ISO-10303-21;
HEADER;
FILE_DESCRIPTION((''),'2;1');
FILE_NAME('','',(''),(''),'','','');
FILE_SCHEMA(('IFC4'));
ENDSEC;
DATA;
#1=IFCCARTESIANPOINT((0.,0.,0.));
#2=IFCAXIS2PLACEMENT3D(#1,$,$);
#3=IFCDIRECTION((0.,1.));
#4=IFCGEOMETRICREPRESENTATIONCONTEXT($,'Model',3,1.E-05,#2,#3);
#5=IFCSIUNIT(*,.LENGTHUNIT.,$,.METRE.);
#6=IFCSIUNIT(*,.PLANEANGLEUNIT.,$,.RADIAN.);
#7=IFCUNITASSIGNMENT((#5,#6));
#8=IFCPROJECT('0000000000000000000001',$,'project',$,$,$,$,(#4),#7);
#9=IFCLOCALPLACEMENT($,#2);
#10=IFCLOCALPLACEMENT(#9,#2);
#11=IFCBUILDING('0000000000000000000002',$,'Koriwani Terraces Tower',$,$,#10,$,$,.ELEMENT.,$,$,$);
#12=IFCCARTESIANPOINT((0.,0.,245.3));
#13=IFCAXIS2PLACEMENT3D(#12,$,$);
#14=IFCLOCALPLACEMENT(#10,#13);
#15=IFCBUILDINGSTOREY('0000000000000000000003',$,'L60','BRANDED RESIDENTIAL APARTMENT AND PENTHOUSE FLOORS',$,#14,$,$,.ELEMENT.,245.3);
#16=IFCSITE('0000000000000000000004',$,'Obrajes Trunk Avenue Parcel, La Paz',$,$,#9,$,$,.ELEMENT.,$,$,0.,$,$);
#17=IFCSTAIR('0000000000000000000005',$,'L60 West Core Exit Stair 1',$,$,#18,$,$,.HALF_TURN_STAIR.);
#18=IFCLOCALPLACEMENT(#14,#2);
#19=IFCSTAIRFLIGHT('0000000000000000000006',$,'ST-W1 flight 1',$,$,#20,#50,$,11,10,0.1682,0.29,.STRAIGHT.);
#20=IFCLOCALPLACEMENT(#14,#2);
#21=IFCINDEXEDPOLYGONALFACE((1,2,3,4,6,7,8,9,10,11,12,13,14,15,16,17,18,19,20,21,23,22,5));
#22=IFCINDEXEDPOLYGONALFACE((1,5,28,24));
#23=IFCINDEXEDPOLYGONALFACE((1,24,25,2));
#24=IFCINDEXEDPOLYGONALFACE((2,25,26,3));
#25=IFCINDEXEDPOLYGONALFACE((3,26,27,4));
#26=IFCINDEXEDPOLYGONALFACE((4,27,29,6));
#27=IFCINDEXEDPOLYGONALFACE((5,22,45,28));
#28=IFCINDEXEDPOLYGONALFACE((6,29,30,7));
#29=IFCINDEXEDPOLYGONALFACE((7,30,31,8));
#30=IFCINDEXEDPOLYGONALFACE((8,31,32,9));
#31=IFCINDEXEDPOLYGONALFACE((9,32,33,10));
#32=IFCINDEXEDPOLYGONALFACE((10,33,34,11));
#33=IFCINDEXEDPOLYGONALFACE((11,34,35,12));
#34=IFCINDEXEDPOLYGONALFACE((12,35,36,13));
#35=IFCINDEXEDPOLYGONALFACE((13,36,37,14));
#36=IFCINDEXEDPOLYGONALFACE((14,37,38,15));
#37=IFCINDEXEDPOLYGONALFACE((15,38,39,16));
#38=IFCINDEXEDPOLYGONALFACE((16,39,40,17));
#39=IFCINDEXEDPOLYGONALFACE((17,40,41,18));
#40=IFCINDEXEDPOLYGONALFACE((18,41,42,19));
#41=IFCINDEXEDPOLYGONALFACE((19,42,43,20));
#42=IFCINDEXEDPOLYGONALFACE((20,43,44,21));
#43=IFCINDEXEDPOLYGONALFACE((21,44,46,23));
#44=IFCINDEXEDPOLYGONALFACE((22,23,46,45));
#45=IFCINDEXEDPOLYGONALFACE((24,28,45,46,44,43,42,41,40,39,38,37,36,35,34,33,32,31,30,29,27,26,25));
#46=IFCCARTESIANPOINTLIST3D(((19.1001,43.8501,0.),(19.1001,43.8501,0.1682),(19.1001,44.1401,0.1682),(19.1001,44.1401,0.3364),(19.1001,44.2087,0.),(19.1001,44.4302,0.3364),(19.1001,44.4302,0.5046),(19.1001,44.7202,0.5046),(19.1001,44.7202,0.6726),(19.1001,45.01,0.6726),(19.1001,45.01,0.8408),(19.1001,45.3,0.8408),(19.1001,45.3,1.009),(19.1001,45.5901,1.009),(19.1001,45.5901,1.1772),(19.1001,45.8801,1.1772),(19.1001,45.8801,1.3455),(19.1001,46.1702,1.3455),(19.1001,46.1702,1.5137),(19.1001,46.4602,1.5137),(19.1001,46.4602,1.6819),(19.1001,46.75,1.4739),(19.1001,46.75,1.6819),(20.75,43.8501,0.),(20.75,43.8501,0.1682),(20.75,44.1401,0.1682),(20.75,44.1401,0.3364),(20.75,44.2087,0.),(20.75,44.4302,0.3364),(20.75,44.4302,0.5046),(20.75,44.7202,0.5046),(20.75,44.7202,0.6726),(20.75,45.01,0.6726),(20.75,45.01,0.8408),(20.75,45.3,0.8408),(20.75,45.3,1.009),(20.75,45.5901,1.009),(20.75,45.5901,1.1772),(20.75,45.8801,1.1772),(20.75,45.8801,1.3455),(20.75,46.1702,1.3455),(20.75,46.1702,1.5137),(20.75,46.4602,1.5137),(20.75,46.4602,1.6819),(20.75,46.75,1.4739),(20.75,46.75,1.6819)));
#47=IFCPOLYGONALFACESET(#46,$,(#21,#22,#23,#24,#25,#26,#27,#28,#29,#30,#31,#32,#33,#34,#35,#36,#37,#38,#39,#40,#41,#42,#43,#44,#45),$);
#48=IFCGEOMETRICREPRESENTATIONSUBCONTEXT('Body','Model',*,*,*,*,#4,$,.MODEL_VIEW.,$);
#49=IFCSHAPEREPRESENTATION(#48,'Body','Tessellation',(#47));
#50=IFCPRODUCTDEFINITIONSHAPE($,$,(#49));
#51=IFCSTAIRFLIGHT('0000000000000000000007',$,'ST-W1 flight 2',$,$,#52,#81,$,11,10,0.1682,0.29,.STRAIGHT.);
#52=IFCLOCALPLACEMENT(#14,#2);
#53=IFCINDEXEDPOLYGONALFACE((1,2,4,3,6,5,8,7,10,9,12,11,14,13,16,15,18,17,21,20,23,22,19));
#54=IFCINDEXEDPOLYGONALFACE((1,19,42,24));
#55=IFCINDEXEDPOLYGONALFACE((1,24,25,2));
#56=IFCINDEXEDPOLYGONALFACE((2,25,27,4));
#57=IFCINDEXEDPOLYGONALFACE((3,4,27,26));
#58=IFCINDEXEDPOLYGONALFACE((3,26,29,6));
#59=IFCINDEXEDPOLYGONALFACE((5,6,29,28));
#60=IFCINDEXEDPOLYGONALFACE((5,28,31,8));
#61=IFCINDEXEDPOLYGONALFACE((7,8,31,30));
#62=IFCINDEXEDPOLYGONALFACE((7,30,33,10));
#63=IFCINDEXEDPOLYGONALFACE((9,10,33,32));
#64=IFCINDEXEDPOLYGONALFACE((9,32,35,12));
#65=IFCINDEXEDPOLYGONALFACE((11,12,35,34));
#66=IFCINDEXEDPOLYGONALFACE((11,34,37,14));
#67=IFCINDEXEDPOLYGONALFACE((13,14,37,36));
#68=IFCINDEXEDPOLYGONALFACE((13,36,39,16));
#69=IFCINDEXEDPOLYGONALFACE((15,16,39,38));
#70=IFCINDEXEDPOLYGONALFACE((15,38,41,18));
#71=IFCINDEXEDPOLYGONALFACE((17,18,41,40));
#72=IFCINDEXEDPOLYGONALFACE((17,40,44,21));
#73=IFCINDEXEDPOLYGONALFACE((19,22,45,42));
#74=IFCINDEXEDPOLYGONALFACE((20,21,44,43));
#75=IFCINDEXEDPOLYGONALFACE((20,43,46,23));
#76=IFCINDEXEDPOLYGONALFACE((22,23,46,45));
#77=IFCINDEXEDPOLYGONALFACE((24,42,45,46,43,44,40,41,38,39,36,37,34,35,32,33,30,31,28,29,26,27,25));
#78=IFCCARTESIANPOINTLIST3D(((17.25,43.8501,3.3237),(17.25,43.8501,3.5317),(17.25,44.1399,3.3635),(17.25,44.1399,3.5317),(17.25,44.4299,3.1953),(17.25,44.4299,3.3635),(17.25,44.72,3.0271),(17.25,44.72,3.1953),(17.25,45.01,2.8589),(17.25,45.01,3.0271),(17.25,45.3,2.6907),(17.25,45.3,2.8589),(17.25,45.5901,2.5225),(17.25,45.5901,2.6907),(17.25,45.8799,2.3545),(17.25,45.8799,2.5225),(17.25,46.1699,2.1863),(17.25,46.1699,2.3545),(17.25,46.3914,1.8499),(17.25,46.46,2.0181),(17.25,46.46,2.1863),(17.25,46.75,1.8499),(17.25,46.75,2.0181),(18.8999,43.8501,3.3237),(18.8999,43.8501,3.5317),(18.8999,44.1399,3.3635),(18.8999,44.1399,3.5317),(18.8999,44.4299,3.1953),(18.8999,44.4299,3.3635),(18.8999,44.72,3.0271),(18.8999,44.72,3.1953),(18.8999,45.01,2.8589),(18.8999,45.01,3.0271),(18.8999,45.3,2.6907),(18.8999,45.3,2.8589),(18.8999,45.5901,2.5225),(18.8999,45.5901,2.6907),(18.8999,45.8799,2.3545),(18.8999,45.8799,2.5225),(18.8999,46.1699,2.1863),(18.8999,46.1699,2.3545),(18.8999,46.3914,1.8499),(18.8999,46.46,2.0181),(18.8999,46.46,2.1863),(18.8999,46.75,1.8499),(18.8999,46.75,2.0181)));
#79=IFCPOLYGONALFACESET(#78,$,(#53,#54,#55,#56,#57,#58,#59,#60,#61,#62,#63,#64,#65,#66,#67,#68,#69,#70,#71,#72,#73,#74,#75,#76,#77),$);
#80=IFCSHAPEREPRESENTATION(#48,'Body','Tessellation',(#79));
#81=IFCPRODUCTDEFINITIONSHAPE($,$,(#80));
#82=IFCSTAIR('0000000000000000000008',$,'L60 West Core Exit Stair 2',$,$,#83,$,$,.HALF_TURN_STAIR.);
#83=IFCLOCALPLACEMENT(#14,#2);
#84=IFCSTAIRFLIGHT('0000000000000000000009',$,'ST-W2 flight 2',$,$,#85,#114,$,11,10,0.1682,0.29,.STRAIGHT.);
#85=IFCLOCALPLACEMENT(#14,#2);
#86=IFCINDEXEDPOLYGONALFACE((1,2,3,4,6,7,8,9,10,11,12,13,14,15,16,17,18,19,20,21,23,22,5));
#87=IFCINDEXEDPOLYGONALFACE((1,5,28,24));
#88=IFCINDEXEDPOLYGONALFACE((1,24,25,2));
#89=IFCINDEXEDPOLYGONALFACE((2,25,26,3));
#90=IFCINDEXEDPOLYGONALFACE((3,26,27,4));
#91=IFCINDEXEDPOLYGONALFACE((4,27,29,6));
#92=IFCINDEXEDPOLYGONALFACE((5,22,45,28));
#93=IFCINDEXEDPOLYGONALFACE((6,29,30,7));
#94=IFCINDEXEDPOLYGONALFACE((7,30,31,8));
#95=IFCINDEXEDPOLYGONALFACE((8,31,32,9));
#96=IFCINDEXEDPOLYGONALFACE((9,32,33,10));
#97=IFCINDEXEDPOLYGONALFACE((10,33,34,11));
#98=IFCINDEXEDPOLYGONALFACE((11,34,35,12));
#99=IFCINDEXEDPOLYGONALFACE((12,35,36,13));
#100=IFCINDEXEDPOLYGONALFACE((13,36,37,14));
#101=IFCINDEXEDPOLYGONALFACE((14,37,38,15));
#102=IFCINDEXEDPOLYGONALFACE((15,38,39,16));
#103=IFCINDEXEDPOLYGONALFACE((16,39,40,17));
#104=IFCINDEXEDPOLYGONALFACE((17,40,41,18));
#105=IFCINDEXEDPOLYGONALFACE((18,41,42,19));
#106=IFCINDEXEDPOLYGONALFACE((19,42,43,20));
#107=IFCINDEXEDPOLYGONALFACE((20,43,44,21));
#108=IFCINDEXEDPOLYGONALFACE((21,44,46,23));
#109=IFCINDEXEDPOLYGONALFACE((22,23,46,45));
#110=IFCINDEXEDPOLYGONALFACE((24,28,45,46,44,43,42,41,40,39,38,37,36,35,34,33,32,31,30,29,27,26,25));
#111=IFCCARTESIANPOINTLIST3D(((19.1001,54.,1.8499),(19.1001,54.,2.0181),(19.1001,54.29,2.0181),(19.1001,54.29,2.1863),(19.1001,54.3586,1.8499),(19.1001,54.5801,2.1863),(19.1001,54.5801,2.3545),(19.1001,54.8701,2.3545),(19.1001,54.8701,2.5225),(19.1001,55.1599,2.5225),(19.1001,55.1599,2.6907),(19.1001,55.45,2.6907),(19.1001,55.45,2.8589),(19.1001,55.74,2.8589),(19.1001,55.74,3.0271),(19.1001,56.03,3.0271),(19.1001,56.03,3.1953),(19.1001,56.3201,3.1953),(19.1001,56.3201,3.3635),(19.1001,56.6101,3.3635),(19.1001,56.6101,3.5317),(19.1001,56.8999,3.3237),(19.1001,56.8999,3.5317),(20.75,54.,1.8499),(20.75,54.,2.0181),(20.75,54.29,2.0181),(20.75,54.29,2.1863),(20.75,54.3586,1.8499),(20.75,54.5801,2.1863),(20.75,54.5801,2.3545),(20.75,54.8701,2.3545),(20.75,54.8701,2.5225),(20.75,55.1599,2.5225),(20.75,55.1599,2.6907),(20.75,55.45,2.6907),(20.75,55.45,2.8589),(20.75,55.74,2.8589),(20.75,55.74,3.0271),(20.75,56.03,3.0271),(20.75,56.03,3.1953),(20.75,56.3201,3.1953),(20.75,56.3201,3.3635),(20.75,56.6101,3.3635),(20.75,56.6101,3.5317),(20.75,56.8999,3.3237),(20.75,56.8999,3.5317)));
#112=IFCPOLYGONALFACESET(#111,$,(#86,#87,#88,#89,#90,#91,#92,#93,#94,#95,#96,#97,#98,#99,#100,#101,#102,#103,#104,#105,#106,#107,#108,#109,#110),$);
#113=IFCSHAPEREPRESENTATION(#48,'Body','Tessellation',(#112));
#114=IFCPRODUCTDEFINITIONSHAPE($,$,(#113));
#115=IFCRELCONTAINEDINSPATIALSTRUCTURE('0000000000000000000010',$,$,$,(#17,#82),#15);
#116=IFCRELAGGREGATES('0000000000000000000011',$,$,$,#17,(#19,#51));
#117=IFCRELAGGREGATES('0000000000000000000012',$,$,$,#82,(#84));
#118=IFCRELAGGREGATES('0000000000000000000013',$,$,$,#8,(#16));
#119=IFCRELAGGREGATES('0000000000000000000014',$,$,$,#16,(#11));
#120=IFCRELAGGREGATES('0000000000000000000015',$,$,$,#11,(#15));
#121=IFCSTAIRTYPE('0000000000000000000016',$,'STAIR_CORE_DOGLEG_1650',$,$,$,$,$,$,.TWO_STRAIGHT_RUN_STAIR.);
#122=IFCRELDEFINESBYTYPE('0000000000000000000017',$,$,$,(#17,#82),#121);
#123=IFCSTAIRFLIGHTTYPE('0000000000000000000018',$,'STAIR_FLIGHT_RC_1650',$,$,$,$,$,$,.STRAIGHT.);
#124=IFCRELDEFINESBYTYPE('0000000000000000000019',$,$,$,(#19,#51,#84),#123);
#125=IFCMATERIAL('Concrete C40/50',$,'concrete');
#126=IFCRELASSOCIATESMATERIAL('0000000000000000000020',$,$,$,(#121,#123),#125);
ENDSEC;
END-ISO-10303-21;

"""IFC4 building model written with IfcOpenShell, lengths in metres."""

from ifc_helpers import new_model, si_unit, direction, frame, origin, place, context, subcontext, project, spatial, polyline, outline, extrude, material, type_object, element, aggregate, save


model = new_model("IFC4")

# Units and contexts
model_context = context("Model", 3, precision=1e-05, world=origin(), true_north=direction((0.0, 1.0)))
body_context = subcontext(model_context, "Body", "Model", "MODEL_VIEW")
ifc_project = project(units=[si_unit("LENGTHUNIT", "METRE"), si_unit("PLANEANGLEUNIT", "RADIAN")], contexts=[model_context])

# Site, building, storey
site_placement = place(None, origin())
site = spatial("IfcSite", under=ifc_project, at=site_placement, Name="Obrajes Trunk Avenue Parcel, La Paz", CompositionType="ELEMENT", RefElevation=0.0)
building_placement = place(site_placement, origin())
building = spatial("IfcBuilding", under=site, at=building_placement, Name="Koriwani Terraces Tower", CompositionType="ELEMENT")
storey_placement = place(building_placement, frame((0.0, 0.0, 245.3)))
storey = spatial("IfcBuildingStorey", under=building, at=storey_placement, Name="L60", Description="BRANDED RESIDENTIAL APARTMENT AND PENTHOUSE FLOORS", CompositionType="ELEMENT", Elevation=245.3)

# Shared definitions
ifc_material_1 = material(Name="Concrete C40/50", Category="concrete")

# Stair, stair flights
stair_type = type_object("IfcStairType", Name="STAIR_CORE_DOGLEG_1650", PredefinedType="TWO_STRAIGHT_RUN_STAIR", material=ifc_material_1)
stair_1_placement = place(storey_placement, origin())
stair_1 = element("IfcStair", 1, at=stair_1_placement, inside=storey, type_object=stair_type, Name="L60 West Core Exit Stair 1", PredefinedType="HALF_TURN_STAIR")
stair_flight_type = type_object("IfcStairFlightType", Name="STAIR_FLIGHT_RC_1650", PredefinedType="STRAIGHT", material=ifc_material_1)
stair_flight_1_placement = place(storey_placement, frame((19.925, 43.8501, 0.0), z_axis=(0.0, 0.0, 1.0), x_axis=(0.0, 1.0, 0.0)))
stair_flight_1 = element("IfcStairFlight", 2, at=stair_flight_1_placement, type_object=stair_flight_type, Name="ST-W1 flight 1", NumberOfRisers=11, NumberOfTreads=10, PredefinedType="STRAIGHT", RiserHeight=0.1682, TreadLength=0.29, context=body_context, shape_type="SweptSolid", body=[
    extrude(outline(polyline([(0.0, 0.0), (0.0, 0.1682), (0.29, 0.1682), (0.29, 0.3364), (0.5801, 0.3364), (0.5801, 0.5046), (0.8701, 0.5046), (0.8701, 0.6726), (1.1599, 0.6726), (1.1599, 0.8408), (1.45, 0.8408), (1.45, 1.009), (1.74, 1.009), (1.74, 1.1772), (2.03, 1.1772), (2.03, 1.3455), (2.3201, 1.3455), (2.3201, 1.5137), (2.6101, 1.5137), (2.6101, 1.6819), (2.8999, 1.6819), (2.8999, 1.8501), (2.8999, 1.4739), (0.3586, 0.0), (0.0, 0.0)])), frame((0.0, 0.825, 0.0), z_axis=(0.0, -1.0, 0.0), x_axis=(1.0, 0.0, 0.0)), (0.0, 0.0, 1.0), 1.6499),
])
stair_flight_2_placement = place(storey_placement, frame((18.075, 46.75, 1.8499), z_axis=(0.0, 0.0, 1.0), x_axis=(0.0, -1.0, 0.0)))
stair_flight_2 = element("IfcStairFlight", 3, at=stair_flight_2_placement, type_object=stair_flight_type, Name="ST-W1 flight 2", NumberOfRisers=11, NumberOfTreads=10, PredefinedType="STRAIGHT", RiserHeight=0.1682, TreadLength=0.29, context=body_context, shape_type="SweptSolid", body=[
    extrude(outline(polyline([(0.0, 0.0), (0.0, 0.1682), (0.29, 0.1682), (0.29, 0.3364), (0.5801, 0.3364), (0.5801, 0.5046), (0.8701, 0.5046), (0.8701, 0.6726), (1.1599, 0.6726), (1.1599, 0.8408), (1.45, 0.8408), (1.45, 1.009), (1.74, 1.009), (1.74, 1.1772), (2.03, 1.1772), (2.03, 1.3455), (2.3201, 1.3455), (2.3201, 1.5137), (2.6101, 1.5137), (2.6101, 1.6819), (2.8999, 1.6819), (2.8999, 1.8501), (2.8999, 1.4739), (0.3586, 0.0), (0.0, 0.0)])), frame((0.0, 0.825, 0.0), z_axis=(0.0, -1.0, 0.0), x_axis=(1.0, 0.0, 0.0)), (0.0, 0.0, 1.0), 1.6499),
])
aggregate(stair_1, [stair_flight_1, stair_flight_2])

# Stair, stair flight
stair_2_placement = place(storey_placement, origin())
stair_2 = element("IfcStair", 4, at=stair_2_placement, inside=storey, type_object=stair_type, Name="L60 West Core Exit Stair 2", PredefinedType="HALF_TURN_STAIR")
stair_flight_3_placement = place(storey_placement, frame((19.925, 54.0, 1.8499), z_axis=(0.0, 0.0, 1.0), x_axis=(0.0, 1.0, 0.0)))
stair_flight_3 = element("IfcStairFlight", 5, at=stair_flight_3_placement, type_object=stair_flight_type, Name="ST-W2 flight 2", NumberOfRisers=11, NumberOfTreads=10, PredefinedType="STRAIGHT", RiserHeight=0.1682, TreadLength=0.29, context=body_context, shape_type="SweptSolid", body=[
    extrude(outline(polyline([(0.0, 0.0), (0.0, 0.1682), (0.29, 0.1682), (0.29, 0.3364), (0.5801, 0.3364), (0.5801, 0.5046), (0.8701, 0.5046), (0.8701, 0.6726), (1.1599, 0.6726), (1.1599, 0.8408), (1.45, 0.8408), (1.45, 1.009), (1.74, 1.009), (1.74, 1.1772), (2.03, 1.1772), (2.03, 1.3455), (2.3201, 1.3455), (2.3201, 1.5137), (2.6101, 1.5137), (2.6101, 1.6819), (2.8999, 1.6819), (2.8999, 1.8501), (2.8999, 1.4739), (0.3586, 0.0), (0.0, 0.0)])), frame((0.0, 0.825, 0.0), z_axis=(0.0, -1.0, 0.0), x_axis=(1.0, 0.0, 0.0)), (0.0, 0.0, 1.0), 1.6499),
])
aggregate(stair_2, [stair_flight_3])

save(model, "model.ifc")
